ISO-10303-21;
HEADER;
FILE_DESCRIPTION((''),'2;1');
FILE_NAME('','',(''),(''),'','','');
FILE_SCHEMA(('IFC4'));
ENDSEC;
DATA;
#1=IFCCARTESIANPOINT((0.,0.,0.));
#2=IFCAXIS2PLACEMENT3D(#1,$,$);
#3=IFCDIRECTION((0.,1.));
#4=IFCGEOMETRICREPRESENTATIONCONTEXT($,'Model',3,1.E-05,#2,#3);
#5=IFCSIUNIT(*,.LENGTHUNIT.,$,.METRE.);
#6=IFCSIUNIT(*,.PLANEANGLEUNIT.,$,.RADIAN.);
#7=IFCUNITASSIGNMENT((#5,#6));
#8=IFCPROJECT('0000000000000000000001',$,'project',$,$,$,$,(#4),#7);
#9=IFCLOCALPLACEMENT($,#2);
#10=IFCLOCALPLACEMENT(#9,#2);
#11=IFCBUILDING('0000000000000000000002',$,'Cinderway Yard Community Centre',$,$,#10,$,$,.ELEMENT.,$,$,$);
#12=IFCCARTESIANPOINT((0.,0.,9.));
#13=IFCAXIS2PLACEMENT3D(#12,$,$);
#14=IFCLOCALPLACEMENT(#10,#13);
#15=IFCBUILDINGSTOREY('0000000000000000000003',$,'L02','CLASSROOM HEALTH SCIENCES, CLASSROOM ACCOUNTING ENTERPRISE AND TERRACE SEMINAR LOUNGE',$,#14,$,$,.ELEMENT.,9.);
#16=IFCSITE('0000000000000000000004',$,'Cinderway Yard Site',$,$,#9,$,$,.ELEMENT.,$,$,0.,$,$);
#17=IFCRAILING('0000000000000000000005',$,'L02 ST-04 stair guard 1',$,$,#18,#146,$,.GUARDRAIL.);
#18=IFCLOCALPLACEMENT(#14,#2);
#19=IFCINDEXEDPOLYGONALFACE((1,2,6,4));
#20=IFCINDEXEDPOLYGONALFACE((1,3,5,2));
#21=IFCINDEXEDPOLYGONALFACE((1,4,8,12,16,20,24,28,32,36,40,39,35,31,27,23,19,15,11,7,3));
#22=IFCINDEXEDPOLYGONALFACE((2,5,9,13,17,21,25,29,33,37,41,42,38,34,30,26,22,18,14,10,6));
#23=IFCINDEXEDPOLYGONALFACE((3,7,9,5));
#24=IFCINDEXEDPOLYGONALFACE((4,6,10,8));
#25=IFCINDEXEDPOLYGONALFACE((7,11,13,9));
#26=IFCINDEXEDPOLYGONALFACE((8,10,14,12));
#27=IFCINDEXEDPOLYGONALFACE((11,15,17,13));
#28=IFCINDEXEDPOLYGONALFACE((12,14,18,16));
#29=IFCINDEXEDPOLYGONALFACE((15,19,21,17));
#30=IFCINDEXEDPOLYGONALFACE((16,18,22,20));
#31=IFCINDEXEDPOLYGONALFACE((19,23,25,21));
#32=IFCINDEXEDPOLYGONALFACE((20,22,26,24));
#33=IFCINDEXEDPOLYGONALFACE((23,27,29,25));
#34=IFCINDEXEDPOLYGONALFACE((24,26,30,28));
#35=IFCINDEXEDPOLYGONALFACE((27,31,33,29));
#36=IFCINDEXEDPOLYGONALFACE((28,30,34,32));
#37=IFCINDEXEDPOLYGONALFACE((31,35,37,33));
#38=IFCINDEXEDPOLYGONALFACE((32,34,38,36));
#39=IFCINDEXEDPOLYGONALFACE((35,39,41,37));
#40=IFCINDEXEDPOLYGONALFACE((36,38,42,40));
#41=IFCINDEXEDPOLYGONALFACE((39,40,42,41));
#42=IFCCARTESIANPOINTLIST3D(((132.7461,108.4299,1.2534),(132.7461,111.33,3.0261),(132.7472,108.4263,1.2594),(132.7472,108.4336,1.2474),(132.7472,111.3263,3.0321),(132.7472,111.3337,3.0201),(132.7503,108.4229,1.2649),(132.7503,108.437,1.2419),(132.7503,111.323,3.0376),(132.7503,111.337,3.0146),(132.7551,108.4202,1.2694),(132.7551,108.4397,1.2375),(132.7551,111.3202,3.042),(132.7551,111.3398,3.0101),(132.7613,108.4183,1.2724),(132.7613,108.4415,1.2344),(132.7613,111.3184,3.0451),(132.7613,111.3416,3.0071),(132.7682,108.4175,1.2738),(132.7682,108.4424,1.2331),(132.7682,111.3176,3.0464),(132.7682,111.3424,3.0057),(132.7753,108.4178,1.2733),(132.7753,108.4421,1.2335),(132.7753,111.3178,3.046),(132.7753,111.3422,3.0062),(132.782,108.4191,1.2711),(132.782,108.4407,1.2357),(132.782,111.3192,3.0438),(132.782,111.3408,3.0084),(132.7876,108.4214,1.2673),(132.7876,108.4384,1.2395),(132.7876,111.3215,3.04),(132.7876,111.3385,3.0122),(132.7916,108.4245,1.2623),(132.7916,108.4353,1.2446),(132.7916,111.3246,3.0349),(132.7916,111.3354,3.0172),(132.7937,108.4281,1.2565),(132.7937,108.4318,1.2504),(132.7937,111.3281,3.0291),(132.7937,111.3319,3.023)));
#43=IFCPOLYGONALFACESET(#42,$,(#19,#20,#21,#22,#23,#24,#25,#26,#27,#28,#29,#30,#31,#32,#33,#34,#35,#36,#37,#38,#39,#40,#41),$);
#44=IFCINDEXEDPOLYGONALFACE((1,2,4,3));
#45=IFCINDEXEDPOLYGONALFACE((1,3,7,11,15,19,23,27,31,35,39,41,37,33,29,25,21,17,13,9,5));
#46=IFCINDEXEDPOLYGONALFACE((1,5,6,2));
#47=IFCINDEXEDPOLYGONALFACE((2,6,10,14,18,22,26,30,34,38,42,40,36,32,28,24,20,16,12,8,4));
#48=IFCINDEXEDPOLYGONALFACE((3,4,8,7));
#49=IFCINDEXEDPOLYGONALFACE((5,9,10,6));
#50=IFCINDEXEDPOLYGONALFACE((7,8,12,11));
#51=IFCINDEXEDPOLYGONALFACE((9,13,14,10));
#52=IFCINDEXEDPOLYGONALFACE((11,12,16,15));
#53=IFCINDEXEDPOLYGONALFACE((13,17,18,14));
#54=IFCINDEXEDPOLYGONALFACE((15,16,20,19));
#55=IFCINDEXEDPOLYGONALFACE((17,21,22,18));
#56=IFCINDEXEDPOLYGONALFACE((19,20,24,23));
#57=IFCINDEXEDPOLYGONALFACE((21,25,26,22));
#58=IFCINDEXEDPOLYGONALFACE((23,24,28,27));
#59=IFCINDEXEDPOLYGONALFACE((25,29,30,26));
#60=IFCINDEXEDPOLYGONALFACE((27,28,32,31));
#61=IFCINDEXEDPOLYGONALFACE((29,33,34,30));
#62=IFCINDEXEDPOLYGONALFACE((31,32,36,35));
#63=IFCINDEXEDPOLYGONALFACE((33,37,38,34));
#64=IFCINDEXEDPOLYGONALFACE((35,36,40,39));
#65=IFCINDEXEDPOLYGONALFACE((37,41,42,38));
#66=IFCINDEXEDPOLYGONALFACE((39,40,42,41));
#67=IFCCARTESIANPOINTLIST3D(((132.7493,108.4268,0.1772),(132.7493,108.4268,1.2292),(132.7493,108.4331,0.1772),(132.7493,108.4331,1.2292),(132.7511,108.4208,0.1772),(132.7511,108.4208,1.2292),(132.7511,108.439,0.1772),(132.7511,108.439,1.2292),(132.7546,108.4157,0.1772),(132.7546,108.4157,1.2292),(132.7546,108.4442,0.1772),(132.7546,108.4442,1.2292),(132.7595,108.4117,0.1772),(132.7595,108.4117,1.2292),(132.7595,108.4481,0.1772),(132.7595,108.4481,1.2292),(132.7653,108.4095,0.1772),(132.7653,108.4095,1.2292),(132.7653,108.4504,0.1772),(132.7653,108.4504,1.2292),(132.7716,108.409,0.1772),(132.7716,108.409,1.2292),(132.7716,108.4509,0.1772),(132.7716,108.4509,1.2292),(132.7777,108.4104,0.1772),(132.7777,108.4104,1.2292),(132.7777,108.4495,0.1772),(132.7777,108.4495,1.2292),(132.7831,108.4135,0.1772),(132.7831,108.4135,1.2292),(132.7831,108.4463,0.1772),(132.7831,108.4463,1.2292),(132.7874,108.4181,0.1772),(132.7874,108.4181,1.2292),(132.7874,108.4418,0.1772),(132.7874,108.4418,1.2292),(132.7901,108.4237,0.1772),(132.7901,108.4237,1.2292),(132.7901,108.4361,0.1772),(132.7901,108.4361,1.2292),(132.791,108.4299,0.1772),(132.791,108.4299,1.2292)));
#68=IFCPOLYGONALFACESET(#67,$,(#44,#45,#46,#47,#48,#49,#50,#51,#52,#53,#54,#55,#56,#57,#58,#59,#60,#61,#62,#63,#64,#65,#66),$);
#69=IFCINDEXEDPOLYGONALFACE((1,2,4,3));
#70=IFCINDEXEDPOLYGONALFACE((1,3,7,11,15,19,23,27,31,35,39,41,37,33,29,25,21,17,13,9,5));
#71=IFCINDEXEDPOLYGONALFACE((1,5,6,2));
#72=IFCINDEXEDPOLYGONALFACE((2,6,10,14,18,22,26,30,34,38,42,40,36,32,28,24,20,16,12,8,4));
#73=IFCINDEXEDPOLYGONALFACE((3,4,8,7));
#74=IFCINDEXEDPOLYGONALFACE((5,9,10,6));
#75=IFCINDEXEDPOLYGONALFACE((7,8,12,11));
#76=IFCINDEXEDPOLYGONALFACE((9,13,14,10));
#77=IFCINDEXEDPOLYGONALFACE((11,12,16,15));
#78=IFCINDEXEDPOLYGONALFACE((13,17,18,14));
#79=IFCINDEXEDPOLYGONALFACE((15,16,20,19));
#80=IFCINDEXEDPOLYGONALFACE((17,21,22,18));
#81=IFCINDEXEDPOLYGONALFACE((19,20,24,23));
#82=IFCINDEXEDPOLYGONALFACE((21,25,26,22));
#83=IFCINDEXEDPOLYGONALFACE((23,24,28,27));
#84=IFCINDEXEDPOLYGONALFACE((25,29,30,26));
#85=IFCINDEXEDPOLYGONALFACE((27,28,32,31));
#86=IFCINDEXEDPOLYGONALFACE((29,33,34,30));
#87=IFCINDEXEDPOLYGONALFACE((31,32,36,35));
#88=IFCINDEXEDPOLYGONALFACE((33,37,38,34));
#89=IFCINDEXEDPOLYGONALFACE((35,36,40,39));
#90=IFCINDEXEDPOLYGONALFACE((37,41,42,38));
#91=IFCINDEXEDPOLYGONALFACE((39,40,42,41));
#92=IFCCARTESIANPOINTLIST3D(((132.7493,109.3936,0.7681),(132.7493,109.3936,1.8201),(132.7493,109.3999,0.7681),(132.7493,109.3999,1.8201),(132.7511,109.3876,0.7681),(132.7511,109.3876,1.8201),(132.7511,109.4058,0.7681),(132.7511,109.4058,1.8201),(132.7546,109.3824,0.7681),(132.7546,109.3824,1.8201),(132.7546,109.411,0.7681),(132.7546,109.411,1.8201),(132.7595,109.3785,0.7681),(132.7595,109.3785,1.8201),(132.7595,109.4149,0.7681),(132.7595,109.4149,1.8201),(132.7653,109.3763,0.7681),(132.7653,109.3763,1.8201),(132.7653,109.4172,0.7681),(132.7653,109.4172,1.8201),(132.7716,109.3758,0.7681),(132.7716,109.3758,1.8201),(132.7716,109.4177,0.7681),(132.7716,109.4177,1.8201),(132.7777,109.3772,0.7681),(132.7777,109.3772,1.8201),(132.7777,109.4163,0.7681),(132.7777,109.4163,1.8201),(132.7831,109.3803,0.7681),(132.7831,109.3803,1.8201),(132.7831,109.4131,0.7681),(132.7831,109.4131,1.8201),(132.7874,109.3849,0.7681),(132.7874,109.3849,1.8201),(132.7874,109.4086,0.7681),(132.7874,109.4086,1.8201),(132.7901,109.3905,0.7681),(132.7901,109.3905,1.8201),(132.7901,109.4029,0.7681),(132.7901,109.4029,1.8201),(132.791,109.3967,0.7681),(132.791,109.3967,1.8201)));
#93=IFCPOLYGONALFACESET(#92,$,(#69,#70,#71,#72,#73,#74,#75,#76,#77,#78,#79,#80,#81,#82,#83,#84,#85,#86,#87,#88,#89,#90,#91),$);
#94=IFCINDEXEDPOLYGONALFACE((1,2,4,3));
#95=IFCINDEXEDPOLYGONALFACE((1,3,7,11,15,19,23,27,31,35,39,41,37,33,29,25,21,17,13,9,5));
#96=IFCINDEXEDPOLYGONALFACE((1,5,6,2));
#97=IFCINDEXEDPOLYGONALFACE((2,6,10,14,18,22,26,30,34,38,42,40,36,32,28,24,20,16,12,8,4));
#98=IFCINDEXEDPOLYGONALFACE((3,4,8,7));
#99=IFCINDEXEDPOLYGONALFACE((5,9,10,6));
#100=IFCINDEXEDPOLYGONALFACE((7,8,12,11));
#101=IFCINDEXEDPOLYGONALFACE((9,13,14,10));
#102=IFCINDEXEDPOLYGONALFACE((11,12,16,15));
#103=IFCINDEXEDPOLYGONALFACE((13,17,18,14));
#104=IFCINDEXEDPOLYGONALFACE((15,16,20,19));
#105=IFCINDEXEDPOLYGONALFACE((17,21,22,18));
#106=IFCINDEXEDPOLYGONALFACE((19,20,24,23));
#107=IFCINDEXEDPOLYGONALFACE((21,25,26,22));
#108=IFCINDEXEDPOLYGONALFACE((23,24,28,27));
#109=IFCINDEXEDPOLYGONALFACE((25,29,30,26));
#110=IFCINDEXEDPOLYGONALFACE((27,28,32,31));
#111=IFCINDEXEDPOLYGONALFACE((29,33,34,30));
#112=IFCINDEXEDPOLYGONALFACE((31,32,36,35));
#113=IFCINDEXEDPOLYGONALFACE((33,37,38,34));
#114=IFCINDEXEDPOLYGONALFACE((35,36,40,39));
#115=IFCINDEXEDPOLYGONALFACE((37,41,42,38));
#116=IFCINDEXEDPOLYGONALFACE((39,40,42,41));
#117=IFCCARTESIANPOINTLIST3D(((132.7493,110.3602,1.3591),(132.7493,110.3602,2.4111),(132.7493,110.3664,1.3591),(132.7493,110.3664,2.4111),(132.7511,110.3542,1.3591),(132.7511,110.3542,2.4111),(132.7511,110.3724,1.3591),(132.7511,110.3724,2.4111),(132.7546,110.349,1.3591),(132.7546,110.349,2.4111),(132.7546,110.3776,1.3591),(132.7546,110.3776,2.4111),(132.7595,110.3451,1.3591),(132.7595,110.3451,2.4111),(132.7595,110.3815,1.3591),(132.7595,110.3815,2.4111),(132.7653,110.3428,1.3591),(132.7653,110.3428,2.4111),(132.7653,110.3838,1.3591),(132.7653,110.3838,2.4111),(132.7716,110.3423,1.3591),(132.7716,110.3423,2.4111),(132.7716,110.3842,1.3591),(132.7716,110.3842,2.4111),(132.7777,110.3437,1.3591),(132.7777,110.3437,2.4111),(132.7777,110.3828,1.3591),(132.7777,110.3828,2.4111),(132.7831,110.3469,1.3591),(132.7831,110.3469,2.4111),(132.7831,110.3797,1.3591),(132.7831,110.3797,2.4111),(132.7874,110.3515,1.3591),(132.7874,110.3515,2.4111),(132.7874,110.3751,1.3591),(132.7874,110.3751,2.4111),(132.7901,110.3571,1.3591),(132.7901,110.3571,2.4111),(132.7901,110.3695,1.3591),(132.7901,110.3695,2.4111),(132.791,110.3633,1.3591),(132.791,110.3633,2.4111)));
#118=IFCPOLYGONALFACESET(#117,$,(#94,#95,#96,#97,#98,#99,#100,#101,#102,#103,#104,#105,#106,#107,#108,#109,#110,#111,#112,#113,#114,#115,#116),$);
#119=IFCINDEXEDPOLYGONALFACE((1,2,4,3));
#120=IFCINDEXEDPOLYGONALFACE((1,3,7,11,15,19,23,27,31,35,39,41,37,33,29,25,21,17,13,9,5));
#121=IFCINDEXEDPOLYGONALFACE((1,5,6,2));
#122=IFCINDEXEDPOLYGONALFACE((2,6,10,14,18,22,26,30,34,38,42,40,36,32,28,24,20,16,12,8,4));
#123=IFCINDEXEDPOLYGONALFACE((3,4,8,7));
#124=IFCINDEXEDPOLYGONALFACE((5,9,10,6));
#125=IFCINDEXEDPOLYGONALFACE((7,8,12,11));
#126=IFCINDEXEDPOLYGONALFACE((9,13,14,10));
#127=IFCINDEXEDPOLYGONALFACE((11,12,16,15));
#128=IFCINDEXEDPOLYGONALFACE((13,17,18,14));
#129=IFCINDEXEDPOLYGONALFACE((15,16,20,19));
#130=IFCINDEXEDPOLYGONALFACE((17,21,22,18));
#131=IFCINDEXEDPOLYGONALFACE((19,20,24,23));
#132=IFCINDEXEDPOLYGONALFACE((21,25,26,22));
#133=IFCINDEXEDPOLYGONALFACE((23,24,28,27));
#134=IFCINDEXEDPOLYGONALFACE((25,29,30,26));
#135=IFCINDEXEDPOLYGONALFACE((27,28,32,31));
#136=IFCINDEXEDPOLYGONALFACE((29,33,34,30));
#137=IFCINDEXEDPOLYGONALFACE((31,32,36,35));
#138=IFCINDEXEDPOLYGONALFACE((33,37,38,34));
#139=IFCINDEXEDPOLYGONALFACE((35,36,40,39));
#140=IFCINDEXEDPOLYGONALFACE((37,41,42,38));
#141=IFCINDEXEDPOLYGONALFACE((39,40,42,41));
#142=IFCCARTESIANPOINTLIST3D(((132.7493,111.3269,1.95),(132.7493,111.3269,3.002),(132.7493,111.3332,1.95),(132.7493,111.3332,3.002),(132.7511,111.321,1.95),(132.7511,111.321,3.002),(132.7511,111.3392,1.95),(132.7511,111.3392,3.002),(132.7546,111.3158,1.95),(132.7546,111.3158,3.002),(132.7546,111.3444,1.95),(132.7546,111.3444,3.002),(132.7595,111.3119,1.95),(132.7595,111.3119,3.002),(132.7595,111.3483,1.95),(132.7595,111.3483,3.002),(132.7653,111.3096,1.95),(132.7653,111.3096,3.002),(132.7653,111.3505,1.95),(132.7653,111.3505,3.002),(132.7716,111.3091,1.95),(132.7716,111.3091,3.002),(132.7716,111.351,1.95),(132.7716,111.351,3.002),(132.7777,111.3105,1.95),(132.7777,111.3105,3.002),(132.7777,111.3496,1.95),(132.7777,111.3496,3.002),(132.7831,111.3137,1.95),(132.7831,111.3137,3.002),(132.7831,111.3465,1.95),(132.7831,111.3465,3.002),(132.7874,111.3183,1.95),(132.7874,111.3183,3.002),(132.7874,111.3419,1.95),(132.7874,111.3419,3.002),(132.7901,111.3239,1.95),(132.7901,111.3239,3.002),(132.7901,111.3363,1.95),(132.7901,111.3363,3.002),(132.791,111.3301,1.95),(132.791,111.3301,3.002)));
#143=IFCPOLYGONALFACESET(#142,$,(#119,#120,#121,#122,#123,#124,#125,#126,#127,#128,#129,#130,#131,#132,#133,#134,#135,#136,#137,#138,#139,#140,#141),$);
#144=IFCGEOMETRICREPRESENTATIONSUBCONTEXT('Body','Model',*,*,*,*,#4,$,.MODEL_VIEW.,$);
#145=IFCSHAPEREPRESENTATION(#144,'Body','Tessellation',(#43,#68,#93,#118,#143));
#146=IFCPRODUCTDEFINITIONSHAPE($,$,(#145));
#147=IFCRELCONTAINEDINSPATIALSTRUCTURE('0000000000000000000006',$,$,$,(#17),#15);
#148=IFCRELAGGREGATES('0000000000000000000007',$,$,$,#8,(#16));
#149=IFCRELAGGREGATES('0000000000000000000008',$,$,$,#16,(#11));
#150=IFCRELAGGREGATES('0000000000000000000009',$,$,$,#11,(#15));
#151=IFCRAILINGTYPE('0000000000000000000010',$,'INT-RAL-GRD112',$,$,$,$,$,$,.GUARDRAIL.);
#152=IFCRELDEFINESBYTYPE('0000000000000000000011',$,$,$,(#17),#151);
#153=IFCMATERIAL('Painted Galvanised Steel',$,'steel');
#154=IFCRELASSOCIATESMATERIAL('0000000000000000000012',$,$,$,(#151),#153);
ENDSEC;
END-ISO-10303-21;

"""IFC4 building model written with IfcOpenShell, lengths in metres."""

from ifc_helpers import new_model, si_unit, direction, frame, origin, origin_2d, place, context, subcontext, project, spatial, circle, extrude, material, type_object, element, save


model = new_model("IFC4")

# Units and contexts
model_context = context("Model", 3, precision=1e-05, world=origin(), true_north=direction((0.0, 1.0)))
body_context = subcontext(model_context, "Body", "Model", "MODEL_VIEW")
ifc_project = project(units=[si_unit("LENGTHUNIT", "METRE"), si_unit("PLANEANGLEUNIT", "RADIAN")], contexts=[model_context])

# Site, building, storey
site_placement = place(None, origin())
site = spatial("IfcSite", under=ifc_project, at=site_placement, Name="Cinderway Yard Site", CompositionType="ELEMENT", RefElevation=0.0)
building_placement = place(site_placement, origin())
building = spatial("IfcBuilding", under=site, at=building_placement, Name="Cinderway Yard Community Centre", CompositionType="ELEMENT")
storey_placement = place(building_placement, frame((0.0, 0.0, 9.0)))
storey = spatial("IfcBuildingStorey", under=building, at=storey_placement, Name="L02", Description="CLASSROOM HEALTH SCIENCES, CLASSROOM ACCOUNTING ENTERPRISE AND TERRACE SEMINAR LOUNGE", CompositionType="ELEMENT", Elevation=9.0)

# Shared definitions
ifc_material_1 = material(Name="Painted Galvanised Steel", Category="steel")

# Railing
railing_type_1 = type_object("IfcRailingType", Name="INT-RAL-GRD112", PredefinedType="GUARDRAIL", material=ifc_material_1)
railing_1_placement = place(storey_placement, frame((132.77, 108.4299, 0.1772)))
element("IfcRailing", 1, at=railing_1_placement, inside=storey, type_object=railing_type_1, Name="L02 ST-04 stair guard 1", PredefinedType="GUARDRAIL", context=body_context, shape_type="SweptSolid", body=[
    extrude(circle(Radius=0.0239, at=origin_2d()), frame((0.0, 0.0, 1.0762), z_axis=(0.0, 0.85323, 0.521534), x_axis=(-1.0, 0.0, 0.0)), (0.0, 0.0, 1.0), 3.3989),
    extrude(circle(Radius=0.021, at=origin_2d()), origin(), (0.0, 0.0, 1.0), 1.052),
    extrude(circle(Radius=0.021, at=origin_2d()), frame((0.0, 0.9668, 0.5908)), (0.0, 0.0, 1.0), 1.052),
    extrude(circle(Radius=0.021, at=origin_2d()), frame((0.0, 1.9333, 1.1819)), (0.0, 0.0, 1.0), 1.052),
    extrude(circle(Radius=0.021, at=origin_2d()), frame((0.0, 2.9001, 1.7727)), (0.0, 0.0, 1.0), 1.052),
])

save(model, "model.ifc")
